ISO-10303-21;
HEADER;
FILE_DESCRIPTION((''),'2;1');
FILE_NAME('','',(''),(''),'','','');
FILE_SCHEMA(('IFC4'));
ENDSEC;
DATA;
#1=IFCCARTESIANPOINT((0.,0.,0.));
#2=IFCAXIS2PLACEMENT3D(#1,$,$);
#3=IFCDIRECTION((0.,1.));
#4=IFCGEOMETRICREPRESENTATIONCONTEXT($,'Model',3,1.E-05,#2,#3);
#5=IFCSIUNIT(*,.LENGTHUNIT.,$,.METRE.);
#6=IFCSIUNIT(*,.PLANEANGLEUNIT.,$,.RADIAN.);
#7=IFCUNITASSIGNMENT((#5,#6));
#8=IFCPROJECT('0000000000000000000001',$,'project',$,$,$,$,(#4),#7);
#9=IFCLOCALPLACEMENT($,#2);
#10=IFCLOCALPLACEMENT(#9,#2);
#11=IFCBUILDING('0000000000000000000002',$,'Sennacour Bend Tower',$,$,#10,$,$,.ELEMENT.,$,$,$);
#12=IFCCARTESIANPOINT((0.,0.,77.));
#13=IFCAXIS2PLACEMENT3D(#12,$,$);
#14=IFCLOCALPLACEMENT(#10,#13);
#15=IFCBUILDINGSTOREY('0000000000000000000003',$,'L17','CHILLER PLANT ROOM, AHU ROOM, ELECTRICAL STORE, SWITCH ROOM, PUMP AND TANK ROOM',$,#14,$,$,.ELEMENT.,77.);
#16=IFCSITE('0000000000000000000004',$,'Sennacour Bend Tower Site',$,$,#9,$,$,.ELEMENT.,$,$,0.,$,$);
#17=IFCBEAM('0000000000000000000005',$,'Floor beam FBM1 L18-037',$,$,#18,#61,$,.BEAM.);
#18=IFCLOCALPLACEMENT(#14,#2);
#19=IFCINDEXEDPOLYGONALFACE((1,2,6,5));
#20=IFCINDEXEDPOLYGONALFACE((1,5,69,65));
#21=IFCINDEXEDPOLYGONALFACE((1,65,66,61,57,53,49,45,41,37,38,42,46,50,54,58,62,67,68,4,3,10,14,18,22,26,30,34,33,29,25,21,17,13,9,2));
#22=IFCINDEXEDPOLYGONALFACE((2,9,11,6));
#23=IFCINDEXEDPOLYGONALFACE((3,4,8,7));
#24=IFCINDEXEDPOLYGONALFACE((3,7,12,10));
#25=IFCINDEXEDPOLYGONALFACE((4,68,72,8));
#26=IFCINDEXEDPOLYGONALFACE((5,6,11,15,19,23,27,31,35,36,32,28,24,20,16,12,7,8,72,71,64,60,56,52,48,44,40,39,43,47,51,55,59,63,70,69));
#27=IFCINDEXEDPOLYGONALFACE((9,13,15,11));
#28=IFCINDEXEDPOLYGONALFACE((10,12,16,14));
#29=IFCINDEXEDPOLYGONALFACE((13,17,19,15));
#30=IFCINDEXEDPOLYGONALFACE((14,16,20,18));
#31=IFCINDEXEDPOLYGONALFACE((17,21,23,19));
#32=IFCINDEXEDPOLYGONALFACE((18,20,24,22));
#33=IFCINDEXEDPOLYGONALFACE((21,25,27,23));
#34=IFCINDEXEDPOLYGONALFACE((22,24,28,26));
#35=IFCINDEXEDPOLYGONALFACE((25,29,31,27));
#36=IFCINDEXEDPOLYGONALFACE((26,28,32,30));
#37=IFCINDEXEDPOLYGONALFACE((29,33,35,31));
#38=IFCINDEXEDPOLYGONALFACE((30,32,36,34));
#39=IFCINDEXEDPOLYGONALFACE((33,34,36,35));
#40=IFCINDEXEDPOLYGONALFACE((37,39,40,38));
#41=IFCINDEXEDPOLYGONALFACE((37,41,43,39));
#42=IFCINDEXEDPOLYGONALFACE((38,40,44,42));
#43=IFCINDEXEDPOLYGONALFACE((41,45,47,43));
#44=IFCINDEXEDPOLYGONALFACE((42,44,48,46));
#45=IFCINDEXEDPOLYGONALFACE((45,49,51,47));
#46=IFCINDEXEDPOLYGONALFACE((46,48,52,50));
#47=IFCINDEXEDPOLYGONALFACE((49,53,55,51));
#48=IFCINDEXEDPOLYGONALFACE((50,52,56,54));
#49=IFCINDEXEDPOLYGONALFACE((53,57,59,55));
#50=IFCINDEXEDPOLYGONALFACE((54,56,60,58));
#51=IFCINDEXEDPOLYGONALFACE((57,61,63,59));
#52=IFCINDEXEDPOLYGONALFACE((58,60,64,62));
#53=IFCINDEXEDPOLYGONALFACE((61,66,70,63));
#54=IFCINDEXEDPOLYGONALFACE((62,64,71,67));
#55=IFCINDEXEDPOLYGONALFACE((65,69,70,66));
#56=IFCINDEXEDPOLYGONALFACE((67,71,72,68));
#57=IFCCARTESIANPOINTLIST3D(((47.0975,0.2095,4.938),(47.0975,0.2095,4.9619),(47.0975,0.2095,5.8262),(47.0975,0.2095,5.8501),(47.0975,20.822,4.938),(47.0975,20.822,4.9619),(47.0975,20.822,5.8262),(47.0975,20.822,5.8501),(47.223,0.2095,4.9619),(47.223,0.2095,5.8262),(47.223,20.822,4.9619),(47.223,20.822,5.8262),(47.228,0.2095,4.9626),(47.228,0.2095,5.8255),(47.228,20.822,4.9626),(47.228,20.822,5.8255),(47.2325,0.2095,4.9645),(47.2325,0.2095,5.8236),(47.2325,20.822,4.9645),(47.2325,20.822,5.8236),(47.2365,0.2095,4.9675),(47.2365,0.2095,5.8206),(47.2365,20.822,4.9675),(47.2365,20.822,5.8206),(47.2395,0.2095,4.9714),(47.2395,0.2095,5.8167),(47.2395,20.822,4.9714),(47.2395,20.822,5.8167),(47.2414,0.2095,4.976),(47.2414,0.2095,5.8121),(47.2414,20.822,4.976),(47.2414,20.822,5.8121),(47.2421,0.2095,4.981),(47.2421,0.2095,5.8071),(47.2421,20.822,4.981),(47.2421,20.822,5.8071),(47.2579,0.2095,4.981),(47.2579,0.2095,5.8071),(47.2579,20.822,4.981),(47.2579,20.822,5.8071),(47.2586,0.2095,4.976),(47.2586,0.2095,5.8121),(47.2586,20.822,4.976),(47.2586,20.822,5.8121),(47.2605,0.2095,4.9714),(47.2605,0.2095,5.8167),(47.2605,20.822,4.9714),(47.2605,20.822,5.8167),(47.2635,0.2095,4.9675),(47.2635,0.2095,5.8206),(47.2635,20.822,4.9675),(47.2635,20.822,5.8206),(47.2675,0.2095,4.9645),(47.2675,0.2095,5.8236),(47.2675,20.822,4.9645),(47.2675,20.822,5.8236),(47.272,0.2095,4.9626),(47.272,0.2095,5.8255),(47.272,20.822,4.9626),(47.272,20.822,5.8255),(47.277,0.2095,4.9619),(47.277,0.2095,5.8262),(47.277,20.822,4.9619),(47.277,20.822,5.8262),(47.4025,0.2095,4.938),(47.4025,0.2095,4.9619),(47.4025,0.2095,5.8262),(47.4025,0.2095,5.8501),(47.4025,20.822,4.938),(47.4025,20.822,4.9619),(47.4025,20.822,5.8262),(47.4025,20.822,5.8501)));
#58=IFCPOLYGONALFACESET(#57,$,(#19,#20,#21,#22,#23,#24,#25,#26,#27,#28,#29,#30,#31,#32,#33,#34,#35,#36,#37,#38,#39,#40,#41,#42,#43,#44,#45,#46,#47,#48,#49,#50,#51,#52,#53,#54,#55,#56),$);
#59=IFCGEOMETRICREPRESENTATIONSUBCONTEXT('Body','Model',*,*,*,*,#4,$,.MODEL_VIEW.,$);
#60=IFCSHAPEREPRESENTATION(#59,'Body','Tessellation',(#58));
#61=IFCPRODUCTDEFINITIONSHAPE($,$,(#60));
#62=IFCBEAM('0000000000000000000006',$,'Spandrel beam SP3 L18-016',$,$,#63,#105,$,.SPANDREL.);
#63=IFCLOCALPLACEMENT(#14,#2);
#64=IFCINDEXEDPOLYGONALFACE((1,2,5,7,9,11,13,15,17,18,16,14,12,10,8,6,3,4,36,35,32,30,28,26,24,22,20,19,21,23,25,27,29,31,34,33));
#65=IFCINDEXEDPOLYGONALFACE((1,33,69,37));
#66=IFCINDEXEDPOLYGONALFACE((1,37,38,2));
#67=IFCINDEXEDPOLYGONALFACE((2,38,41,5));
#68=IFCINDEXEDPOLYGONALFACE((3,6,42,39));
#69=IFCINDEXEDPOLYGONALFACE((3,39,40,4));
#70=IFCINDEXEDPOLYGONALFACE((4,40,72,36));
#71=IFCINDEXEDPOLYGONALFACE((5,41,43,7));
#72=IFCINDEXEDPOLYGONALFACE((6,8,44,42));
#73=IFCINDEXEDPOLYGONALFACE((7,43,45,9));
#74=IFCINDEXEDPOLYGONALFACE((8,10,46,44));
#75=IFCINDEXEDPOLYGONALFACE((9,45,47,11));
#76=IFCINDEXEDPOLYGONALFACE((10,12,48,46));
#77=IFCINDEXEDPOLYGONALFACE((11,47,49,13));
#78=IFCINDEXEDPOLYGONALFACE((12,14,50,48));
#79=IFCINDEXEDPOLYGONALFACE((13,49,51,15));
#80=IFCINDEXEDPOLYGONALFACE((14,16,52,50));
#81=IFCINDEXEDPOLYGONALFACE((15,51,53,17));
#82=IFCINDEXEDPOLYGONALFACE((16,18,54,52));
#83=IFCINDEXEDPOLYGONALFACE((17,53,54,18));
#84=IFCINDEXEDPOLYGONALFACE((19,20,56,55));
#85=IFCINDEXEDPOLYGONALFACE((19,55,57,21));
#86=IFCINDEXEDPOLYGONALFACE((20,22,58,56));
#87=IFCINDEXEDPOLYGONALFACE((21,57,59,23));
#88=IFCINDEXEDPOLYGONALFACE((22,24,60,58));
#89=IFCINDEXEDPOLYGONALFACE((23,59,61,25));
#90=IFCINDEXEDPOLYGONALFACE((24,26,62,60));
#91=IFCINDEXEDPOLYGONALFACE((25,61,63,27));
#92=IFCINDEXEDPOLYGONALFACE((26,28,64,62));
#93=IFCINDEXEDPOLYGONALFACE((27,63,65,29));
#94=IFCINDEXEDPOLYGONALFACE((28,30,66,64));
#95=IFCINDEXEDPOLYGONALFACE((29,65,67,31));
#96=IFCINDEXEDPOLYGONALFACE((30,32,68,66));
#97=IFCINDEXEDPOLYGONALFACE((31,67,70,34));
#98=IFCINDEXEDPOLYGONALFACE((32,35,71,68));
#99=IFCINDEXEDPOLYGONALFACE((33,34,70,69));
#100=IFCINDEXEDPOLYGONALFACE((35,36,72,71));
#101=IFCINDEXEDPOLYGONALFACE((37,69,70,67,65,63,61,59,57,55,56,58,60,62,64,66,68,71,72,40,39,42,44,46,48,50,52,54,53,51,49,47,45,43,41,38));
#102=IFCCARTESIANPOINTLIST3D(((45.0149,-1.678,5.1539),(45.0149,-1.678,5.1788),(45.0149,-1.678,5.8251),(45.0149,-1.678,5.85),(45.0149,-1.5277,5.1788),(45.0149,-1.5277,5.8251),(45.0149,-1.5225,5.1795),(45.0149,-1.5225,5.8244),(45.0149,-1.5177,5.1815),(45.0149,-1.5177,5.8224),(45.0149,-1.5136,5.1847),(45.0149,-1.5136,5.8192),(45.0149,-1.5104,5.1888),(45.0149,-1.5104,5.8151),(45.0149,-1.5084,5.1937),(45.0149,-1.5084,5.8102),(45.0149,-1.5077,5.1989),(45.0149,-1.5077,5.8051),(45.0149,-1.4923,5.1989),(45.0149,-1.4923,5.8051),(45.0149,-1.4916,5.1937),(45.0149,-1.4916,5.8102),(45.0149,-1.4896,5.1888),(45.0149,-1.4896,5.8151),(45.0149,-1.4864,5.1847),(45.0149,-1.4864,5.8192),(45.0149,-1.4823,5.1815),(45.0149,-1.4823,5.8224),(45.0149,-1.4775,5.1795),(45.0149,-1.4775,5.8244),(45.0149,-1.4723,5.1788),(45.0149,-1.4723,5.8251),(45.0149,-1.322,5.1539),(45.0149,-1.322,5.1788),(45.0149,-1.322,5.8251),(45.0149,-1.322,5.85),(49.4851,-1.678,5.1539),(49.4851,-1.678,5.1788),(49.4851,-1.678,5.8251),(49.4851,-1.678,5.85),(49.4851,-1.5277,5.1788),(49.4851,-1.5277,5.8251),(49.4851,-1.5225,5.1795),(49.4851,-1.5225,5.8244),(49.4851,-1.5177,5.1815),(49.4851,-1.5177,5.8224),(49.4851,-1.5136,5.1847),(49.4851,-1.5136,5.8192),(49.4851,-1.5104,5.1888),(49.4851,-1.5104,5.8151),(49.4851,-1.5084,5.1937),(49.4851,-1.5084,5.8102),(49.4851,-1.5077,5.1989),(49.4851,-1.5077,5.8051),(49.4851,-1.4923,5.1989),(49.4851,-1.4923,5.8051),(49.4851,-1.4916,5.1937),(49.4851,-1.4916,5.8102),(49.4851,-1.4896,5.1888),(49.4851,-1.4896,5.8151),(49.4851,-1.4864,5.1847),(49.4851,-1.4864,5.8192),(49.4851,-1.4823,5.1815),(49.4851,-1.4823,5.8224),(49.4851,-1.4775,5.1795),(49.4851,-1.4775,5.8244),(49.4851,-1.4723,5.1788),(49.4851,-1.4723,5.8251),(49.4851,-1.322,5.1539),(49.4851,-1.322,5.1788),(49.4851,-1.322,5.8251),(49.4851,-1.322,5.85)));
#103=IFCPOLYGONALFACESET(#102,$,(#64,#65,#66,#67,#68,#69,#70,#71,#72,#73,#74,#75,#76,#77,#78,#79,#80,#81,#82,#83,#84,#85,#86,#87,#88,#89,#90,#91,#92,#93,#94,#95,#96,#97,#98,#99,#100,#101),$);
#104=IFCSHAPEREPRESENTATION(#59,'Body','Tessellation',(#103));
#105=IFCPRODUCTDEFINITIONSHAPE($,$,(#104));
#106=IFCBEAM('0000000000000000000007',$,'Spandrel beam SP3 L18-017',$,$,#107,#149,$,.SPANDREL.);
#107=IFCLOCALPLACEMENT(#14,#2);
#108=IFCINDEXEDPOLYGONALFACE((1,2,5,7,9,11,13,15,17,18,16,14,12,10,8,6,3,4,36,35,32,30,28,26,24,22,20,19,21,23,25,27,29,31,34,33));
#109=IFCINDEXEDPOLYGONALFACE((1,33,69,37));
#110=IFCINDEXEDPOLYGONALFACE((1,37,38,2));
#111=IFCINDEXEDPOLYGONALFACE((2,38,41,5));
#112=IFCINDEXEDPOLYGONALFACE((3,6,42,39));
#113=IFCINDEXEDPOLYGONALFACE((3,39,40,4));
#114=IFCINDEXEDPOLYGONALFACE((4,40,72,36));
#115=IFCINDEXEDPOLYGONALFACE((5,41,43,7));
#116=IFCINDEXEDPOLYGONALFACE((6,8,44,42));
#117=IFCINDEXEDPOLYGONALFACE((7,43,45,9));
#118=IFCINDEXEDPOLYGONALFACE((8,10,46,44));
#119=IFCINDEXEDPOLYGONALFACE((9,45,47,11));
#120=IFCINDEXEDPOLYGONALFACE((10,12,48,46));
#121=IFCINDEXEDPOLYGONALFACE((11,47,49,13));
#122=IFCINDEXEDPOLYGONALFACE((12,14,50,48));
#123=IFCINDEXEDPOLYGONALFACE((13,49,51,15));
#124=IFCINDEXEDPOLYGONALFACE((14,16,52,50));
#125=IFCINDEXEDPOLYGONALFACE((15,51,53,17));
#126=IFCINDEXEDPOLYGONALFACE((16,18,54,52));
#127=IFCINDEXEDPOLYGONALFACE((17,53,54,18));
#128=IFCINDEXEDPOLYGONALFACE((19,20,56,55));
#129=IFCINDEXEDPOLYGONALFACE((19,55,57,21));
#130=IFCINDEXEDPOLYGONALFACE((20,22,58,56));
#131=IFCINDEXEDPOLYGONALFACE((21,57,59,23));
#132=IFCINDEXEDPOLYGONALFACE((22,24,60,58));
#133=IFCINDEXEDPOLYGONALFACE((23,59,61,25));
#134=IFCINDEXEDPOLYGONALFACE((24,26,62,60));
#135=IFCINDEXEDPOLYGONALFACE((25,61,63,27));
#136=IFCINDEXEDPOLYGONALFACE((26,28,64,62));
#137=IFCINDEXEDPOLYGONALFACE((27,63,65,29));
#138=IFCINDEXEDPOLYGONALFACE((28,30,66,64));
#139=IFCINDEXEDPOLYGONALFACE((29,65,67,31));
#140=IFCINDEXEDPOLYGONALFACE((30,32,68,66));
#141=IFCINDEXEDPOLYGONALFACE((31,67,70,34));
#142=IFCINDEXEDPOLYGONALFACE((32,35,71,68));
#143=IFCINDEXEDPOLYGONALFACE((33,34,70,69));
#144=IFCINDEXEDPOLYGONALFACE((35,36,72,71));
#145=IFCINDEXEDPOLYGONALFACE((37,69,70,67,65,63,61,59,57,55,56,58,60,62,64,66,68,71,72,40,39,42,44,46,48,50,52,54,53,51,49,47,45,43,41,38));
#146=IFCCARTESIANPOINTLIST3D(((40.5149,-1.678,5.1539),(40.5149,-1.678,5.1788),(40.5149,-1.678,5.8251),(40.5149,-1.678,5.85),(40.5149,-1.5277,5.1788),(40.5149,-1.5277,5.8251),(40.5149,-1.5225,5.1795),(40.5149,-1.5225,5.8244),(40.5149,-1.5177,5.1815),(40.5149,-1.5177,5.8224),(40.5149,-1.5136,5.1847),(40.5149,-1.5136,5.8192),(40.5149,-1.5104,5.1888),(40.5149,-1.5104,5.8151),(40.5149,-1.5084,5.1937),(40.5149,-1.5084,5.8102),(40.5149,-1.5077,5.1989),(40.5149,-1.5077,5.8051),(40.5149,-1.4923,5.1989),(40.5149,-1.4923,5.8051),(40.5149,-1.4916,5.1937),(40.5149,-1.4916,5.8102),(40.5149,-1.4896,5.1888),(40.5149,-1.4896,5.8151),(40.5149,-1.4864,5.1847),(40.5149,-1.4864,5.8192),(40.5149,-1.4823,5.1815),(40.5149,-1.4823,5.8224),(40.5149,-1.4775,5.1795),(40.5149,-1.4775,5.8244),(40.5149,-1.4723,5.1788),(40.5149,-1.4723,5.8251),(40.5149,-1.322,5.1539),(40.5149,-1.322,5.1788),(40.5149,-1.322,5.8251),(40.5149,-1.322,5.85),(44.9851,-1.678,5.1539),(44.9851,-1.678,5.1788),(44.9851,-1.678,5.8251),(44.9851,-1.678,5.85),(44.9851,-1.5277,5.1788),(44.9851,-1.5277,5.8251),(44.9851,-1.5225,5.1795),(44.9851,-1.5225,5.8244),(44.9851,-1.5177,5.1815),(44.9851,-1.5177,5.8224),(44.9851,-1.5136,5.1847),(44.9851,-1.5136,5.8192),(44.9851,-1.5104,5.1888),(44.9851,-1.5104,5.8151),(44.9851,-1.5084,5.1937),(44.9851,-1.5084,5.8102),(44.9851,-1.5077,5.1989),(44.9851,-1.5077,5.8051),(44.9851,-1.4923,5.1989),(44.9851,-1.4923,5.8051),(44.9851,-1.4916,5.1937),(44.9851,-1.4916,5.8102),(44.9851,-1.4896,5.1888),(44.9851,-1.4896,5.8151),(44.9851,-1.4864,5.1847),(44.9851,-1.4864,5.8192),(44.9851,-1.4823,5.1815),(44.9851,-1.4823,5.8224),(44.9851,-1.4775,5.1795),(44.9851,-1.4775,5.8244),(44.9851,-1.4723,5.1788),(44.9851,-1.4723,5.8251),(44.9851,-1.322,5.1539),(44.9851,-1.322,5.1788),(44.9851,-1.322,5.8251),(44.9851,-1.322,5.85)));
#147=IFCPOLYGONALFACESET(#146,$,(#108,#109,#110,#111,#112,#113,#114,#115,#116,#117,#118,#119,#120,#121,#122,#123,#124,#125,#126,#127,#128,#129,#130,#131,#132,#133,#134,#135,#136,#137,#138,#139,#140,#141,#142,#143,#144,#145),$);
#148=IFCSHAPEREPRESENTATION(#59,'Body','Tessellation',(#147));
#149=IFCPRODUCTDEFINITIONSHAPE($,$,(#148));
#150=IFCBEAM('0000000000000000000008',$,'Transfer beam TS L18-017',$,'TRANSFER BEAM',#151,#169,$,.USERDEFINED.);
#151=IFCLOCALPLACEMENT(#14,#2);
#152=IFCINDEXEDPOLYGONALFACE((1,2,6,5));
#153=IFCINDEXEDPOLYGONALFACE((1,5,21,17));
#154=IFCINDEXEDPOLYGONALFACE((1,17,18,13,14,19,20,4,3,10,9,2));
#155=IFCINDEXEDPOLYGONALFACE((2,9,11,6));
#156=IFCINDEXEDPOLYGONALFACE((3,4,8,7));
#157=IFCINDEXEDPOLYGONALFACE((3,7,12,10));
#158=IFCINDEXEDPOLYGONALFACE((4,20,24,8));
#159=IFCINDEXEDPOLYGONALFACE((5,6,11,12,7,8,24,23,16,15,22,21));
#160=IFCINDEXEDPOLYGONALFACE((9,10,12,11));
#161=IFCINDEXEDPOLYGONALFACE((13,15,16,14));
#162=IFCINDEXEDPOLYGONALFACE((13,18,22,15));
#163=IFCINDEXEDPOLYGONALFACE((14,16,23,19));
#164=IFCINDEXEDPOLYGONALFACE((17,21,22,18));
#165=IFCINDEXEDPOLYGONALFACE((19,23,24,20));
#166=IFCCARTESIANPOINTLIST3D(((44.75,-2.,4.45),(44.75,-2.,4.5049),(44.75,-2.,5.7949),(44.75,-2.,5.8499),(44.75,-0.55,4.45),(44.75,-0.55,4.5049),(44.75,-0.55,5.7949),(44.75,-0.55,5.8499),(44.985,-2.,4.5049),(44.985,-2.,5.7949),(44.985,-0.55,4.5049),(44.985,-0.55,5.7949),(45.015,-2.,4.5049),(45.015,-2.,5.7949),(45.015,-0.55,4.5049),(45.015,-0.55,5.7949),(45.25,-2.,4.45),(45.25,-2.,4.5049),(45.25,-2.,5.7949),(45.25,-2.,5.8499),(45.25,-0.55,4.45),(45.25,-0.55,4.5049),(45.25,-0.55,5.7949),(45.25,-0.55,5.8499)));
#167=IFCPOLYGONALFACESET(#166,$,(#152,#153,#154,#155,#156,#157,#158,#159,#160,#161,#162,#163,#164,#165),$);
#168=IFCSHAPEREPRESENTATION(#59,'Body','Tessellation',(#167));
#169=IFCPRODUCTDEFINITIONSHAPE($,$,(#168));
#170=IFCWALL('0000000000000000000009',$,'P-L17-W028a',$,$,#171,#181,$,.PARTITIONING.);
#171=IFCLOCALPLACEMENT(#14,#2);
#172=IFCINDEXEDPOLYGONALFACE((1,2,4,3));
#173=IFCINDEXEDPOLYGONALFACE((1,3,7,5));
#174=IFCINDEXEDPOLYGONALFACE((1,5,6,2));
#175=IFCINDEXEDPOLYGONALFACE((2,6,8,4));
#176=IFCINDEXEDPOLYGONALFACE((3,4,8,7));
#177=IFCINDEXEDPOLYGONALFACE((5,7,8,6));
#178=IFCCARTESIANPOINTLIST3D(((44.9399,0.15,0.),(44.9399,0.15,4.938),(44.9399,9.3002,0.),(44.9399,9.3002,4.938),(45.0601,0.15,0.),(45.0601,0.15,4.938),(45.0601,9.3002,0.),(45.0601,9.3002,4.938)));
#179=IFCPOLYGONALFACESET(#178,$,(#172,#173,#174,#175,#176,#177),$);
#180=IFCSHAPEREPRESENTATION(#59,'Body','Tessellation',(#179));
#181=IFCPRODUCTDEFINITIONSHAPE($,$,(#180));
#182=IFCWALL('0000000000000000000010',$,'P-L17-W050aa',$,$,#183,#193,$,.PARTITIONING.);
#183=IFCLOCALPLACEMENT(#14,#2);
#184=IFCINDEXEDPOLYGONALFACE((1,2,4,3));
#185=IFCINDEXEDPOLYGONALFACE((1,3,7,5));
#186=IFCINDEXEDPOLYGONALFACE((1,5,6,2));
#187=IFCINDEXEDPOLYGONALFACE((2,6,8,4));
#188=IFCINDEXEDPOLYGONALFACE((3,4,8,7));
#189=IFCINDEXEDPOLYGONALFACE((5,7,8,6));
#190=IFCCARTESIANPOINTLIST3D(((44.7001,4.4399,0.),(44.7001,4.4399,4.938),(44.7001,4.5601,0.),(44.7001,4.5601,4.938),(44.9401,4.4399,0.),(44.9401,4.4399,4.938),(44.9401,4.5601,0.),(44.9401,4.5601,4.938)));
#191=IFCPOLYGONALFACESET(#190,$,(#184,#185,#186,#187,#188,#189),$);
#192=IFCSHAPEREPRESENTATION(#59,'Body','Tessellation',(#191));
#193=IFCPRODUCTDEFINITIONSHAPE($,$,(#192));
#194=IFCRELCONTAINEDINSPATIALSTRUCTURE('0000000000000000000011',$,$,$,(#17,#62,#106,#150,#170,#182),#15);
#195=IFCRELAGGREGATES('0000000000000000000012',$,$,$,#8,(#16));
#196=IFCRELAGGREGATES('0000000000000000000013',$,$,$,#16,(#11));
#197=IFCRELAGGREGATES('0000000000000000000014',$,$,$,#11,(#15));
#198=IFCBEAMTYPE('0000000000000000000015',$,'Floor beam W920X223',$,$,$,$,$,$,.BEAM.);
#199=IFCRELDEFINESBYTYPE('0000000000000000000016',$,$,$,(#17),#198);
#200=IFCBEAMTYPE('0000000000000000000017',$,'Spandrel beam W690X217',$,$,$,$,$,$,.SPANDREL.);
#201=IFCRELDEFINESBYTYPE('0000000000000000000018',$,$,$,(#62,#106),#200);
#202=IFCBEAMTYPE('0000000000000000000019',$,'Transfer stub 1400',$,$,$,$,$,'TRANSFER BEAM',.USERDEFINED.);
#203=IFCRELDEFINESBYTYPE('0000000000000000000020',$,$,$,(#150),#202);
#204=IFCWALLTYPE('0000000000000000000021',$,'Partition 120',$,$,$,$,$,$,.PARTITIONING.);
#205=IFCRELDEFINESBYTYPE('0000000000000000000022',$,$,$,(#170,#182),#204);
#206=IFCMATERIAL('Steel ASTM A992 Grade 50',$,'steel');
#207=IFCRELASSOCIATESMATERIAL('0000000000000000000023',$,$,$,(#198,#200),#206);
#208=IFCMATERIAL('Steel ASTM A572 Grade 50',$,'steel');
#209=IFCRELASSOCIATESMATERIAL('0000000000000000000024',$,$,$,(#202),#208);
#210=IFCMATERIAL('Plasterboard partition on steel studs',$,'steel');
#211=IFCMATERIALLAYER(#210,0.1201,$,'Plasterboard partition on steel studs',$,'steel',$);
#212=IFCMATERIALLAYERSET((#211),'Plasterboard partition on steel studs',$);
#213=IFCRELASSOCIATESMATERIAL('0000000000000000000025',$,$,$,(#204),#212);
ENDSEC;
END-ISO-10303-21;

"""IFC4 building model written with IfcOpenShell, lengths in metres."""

from ifc_helpers import new_model, si_unit, direction, frame, frame_2d, origin, origin_2d, place, context, subcontext, project, spatial, rectangle, i_section, extrude, material, layer, layer_set, material_profile, profile_set, type_object, element, save


model = new_model("IFC4")

# Units and contexts
model_context = context("Model", 3, precision=1e-05, world=origin(), true_north=direction((0.0, 1.0)))
body_context = subcontext(model_context, "Body", "Model", "MODEL_VIEW")
ifc_project = project(units=[si_unit("LENGTHUNIT", "METRE"), si_unit("PLANEANGLEUNIT", "RADIAN")], contexts=[model_context])

# Site, building, storey
site_placement = place(None, origin())
site = spatial("IfcSite", under=ifc_project, at=site_placement, Name="Sennacour Bend Tower Site", CompositionType="ELEMENT", RefElevation=0.0)
building_placement = place(site_placement, origin())
building = spatial("IfcBuilding", under=site, at=building_placement, Name="Sennacour Bend Tower", CompositionType="ELEMENT")
storey_placement = place(building_placement, frame((0.0, 0.0, 77.0)))
storey = spatial("IfcBuildingStorey", under=building, at=storey_placement, Name="L17", Description="CHILLER PLANT ROOM, AHU ROOM, ELECTRICAL STORE, SWITCH ROOM, PUMP AND TANK ROOM", CompositionType="ELEMENT", Elevation=77.0)

# Shared definitions
ifc_material_1 = material(Name="Steel ASTM A572 Grade 50", Category="steel")

# Shared definitions
ifc_material_2 = material(Name="Steel ASTM A992 Grade 50", Category="steel")

# Beams
ifc_material_profile_1 = material_profile(ifc_material_2, i_section(OverallWidth=0.3049, OverallDepth=0.9121, WebThickness=0.0159, FlangeThickness=0.0239, FilletRadius=0.019, at=origin_2d()), Name="Steel ASTM A992 Grade 50", Category="steel")
ifc_profile_set_1 = profile_set([ifc_material_profile_1], Name="Steel ASTM A992 Grade 50")
beam_type_1 = type_object("IfcBeamType", Name="Floor beam W920X223", PredefinedType="BEAM", material=ifc_profile_set_1)
beam_1_placement = place(storey_placement, frame((47.25, 0.2095, 5.394), z_axis=(0.0, 1.0, 0.0), x_axis=(-1.0, 0.0, 0.0)))
element("IfcBeam", 1, at=beam_1_placement, inside=storey, type_object=beam_type_1, Name="Floor beam FBM1 L18-037", PredefinedType="BEAM", context=body_context, shape_type="SweptSolid", body=[
    extrude(i_section(OverallWidth=0.3049, OverallDepth=0.9121, WebThickness=0.0159, FlangeThickness=0.0239, FilletRadius=0.019, at=origin_2d()), origin(), (0.0, 0.0, 1.0), 20.6125),
])
ifc_material_profile_2 = material_profile(ifc_material_2, i_section(OverallWidth=0.356, OverallDepth=0.696, WebThickness=0.0154, FlangeThickness=0.0249, FilletRadius=0.02, at=origin_2d()), Name="Steel ASTM A992 Grade 50", Category="steel")
ifc_profile_set_2 = profile_set([ifc_material_profile_2], Name="Steel ASTM A992 Grade 50")
beam_type_2 = type_object("IfcBeamType", Name="Spandrel beam W690X217", PredefinedType="SPANDREL", material=ifc_profile_set_2)
for number, where, z_axis, x_axis, name in (
    (2, (49.4851, -1.5, 5.502), (-1.0, 0.0, 0.0), (0.0, -1.0, 0.0), "Spandrel beam SP3 L18-016"),
    (3, (44.9851, -1.5, 5.502), (-1.0, 0.0, 0.0), (0.0, -1.0, 0.0), "Spandrel beam SP3 L18-017"),
):
    element("IfcBeam", number, at=place(storey_placement, frame(where, z_axis=z_axis, x_axis=x_axis)), inside=storey, type_object=beam_type_2, Name=name, PredefinedType="SPANDREL", context=body_context, shape_type="SweptSolid", body=[
        extrude(i_section(OverallWidth=0.356, OverallDepth=0.696, WebThickness=0.0154, FlangeThickness=0.0249, FilletRadius=0.02, at=origin_2d()), origin(), (0.0, 0.0, 1.0), 4.4702),
    ])
ifc_material_profile_3 = material_profile(ifc_material_1, i_section(OverallWidth=0.5, OverallDepth=1.3999, WebThickness=0.03, FlangeThickness=0.0549, at=origin_2d()), Name="Steel ASTM A572 Grade 50", Category="steel")
ifc_profile_set_3 = profile_set([ifc_material_profile_3], Name="Steel ASTM A572 Grade 50")
beam_type_3 = type_object("IfcBeamType", Name="Transfer stub 1400", ElementType="TRANSFER BEAM", PredefinedType="USERDEFINED", material=ifc_profile_set_3)
beam_2_placement = place(storey_placement, frame((45.0, -0.55, 5.1499), z_axis=(0.0, -1.0, 0.0), x_axis=(1.0, 0.0, 0.0)))
element("IfcBeam", 4, at=beam_2_placement, inside=storey, type_object=beam_type_3, Name="Transfer beam TS L18-017", ObjectType="TRANSFER BEAM", PredefinedType="USERDEFINED", context=body_context, shape_type="SweptSolid", body=[
    extrude(i_section(OverallWidth=0.5, OverallDepth=1.3999, WebThickness=0.03, FlangeThickness=0.0549, at=origin_2d()), origin(), (0.0, 0.0, 1.0), 1.45),
])

# Walls
ifc_material_3 = material(Name="Plasterboard partition on steel studs", Category="steel")
ifc_layer_1 = layer(ifc_material_3, 0.1201, Name="Plasterboard partition on steel studs", Category="steel")
ifc_layer_set_1 = layer_set([ifc_layer_1], Name="Plasterboard partition on steel studs")
wall_type = type_object("IfcWallType", Name="Partition 120", PredefinedType="PARTITIONING", material=ifc_layer_set_1)
wall_1_placement = place(storey_placement, frame((45.0, 0.1499, 0.0), z_axis=(0.0, 0.0, 1.0), x_axis=(0.0, 1.0, 0.0)))
element("IfcWall", 5, at=wall_1_placement, inside=storey, type_object=wall_type, Name="P-L17-W028a", PredefinedType="PARTITIONING", context=body_context, shape_type="SweptSolid", body=[
    extrude(rectangle(XDim=9.1501, YDim=0.1201, at=frame_2d((4.5752, 0.0))), origin(), (0.0, 0.0, 1.0), 4.938),
])
wall_2_placement = place(storey_placement, frame((44.7, 4.5, 0.0), z_axis=(0.0, 0.0, 1.0), x_axis=(1.0, 0.0, 0.0)))
element("IfcWall", 6, at=wall_2_placement, inside=storey, type_object=wall_type, Name="P-L17-W050aa", PredefinedType="PARTITIONING", context=body_context, shape_type="SweptSolid", body=[
    extrude(rectangle(XDim=0.24, YDim=0.1201, at=frame_2d((0.1201, 0.0))), origin(), (0.0, 0.0, 1.0), 4.938),
])

save(model, "model.ifc")
